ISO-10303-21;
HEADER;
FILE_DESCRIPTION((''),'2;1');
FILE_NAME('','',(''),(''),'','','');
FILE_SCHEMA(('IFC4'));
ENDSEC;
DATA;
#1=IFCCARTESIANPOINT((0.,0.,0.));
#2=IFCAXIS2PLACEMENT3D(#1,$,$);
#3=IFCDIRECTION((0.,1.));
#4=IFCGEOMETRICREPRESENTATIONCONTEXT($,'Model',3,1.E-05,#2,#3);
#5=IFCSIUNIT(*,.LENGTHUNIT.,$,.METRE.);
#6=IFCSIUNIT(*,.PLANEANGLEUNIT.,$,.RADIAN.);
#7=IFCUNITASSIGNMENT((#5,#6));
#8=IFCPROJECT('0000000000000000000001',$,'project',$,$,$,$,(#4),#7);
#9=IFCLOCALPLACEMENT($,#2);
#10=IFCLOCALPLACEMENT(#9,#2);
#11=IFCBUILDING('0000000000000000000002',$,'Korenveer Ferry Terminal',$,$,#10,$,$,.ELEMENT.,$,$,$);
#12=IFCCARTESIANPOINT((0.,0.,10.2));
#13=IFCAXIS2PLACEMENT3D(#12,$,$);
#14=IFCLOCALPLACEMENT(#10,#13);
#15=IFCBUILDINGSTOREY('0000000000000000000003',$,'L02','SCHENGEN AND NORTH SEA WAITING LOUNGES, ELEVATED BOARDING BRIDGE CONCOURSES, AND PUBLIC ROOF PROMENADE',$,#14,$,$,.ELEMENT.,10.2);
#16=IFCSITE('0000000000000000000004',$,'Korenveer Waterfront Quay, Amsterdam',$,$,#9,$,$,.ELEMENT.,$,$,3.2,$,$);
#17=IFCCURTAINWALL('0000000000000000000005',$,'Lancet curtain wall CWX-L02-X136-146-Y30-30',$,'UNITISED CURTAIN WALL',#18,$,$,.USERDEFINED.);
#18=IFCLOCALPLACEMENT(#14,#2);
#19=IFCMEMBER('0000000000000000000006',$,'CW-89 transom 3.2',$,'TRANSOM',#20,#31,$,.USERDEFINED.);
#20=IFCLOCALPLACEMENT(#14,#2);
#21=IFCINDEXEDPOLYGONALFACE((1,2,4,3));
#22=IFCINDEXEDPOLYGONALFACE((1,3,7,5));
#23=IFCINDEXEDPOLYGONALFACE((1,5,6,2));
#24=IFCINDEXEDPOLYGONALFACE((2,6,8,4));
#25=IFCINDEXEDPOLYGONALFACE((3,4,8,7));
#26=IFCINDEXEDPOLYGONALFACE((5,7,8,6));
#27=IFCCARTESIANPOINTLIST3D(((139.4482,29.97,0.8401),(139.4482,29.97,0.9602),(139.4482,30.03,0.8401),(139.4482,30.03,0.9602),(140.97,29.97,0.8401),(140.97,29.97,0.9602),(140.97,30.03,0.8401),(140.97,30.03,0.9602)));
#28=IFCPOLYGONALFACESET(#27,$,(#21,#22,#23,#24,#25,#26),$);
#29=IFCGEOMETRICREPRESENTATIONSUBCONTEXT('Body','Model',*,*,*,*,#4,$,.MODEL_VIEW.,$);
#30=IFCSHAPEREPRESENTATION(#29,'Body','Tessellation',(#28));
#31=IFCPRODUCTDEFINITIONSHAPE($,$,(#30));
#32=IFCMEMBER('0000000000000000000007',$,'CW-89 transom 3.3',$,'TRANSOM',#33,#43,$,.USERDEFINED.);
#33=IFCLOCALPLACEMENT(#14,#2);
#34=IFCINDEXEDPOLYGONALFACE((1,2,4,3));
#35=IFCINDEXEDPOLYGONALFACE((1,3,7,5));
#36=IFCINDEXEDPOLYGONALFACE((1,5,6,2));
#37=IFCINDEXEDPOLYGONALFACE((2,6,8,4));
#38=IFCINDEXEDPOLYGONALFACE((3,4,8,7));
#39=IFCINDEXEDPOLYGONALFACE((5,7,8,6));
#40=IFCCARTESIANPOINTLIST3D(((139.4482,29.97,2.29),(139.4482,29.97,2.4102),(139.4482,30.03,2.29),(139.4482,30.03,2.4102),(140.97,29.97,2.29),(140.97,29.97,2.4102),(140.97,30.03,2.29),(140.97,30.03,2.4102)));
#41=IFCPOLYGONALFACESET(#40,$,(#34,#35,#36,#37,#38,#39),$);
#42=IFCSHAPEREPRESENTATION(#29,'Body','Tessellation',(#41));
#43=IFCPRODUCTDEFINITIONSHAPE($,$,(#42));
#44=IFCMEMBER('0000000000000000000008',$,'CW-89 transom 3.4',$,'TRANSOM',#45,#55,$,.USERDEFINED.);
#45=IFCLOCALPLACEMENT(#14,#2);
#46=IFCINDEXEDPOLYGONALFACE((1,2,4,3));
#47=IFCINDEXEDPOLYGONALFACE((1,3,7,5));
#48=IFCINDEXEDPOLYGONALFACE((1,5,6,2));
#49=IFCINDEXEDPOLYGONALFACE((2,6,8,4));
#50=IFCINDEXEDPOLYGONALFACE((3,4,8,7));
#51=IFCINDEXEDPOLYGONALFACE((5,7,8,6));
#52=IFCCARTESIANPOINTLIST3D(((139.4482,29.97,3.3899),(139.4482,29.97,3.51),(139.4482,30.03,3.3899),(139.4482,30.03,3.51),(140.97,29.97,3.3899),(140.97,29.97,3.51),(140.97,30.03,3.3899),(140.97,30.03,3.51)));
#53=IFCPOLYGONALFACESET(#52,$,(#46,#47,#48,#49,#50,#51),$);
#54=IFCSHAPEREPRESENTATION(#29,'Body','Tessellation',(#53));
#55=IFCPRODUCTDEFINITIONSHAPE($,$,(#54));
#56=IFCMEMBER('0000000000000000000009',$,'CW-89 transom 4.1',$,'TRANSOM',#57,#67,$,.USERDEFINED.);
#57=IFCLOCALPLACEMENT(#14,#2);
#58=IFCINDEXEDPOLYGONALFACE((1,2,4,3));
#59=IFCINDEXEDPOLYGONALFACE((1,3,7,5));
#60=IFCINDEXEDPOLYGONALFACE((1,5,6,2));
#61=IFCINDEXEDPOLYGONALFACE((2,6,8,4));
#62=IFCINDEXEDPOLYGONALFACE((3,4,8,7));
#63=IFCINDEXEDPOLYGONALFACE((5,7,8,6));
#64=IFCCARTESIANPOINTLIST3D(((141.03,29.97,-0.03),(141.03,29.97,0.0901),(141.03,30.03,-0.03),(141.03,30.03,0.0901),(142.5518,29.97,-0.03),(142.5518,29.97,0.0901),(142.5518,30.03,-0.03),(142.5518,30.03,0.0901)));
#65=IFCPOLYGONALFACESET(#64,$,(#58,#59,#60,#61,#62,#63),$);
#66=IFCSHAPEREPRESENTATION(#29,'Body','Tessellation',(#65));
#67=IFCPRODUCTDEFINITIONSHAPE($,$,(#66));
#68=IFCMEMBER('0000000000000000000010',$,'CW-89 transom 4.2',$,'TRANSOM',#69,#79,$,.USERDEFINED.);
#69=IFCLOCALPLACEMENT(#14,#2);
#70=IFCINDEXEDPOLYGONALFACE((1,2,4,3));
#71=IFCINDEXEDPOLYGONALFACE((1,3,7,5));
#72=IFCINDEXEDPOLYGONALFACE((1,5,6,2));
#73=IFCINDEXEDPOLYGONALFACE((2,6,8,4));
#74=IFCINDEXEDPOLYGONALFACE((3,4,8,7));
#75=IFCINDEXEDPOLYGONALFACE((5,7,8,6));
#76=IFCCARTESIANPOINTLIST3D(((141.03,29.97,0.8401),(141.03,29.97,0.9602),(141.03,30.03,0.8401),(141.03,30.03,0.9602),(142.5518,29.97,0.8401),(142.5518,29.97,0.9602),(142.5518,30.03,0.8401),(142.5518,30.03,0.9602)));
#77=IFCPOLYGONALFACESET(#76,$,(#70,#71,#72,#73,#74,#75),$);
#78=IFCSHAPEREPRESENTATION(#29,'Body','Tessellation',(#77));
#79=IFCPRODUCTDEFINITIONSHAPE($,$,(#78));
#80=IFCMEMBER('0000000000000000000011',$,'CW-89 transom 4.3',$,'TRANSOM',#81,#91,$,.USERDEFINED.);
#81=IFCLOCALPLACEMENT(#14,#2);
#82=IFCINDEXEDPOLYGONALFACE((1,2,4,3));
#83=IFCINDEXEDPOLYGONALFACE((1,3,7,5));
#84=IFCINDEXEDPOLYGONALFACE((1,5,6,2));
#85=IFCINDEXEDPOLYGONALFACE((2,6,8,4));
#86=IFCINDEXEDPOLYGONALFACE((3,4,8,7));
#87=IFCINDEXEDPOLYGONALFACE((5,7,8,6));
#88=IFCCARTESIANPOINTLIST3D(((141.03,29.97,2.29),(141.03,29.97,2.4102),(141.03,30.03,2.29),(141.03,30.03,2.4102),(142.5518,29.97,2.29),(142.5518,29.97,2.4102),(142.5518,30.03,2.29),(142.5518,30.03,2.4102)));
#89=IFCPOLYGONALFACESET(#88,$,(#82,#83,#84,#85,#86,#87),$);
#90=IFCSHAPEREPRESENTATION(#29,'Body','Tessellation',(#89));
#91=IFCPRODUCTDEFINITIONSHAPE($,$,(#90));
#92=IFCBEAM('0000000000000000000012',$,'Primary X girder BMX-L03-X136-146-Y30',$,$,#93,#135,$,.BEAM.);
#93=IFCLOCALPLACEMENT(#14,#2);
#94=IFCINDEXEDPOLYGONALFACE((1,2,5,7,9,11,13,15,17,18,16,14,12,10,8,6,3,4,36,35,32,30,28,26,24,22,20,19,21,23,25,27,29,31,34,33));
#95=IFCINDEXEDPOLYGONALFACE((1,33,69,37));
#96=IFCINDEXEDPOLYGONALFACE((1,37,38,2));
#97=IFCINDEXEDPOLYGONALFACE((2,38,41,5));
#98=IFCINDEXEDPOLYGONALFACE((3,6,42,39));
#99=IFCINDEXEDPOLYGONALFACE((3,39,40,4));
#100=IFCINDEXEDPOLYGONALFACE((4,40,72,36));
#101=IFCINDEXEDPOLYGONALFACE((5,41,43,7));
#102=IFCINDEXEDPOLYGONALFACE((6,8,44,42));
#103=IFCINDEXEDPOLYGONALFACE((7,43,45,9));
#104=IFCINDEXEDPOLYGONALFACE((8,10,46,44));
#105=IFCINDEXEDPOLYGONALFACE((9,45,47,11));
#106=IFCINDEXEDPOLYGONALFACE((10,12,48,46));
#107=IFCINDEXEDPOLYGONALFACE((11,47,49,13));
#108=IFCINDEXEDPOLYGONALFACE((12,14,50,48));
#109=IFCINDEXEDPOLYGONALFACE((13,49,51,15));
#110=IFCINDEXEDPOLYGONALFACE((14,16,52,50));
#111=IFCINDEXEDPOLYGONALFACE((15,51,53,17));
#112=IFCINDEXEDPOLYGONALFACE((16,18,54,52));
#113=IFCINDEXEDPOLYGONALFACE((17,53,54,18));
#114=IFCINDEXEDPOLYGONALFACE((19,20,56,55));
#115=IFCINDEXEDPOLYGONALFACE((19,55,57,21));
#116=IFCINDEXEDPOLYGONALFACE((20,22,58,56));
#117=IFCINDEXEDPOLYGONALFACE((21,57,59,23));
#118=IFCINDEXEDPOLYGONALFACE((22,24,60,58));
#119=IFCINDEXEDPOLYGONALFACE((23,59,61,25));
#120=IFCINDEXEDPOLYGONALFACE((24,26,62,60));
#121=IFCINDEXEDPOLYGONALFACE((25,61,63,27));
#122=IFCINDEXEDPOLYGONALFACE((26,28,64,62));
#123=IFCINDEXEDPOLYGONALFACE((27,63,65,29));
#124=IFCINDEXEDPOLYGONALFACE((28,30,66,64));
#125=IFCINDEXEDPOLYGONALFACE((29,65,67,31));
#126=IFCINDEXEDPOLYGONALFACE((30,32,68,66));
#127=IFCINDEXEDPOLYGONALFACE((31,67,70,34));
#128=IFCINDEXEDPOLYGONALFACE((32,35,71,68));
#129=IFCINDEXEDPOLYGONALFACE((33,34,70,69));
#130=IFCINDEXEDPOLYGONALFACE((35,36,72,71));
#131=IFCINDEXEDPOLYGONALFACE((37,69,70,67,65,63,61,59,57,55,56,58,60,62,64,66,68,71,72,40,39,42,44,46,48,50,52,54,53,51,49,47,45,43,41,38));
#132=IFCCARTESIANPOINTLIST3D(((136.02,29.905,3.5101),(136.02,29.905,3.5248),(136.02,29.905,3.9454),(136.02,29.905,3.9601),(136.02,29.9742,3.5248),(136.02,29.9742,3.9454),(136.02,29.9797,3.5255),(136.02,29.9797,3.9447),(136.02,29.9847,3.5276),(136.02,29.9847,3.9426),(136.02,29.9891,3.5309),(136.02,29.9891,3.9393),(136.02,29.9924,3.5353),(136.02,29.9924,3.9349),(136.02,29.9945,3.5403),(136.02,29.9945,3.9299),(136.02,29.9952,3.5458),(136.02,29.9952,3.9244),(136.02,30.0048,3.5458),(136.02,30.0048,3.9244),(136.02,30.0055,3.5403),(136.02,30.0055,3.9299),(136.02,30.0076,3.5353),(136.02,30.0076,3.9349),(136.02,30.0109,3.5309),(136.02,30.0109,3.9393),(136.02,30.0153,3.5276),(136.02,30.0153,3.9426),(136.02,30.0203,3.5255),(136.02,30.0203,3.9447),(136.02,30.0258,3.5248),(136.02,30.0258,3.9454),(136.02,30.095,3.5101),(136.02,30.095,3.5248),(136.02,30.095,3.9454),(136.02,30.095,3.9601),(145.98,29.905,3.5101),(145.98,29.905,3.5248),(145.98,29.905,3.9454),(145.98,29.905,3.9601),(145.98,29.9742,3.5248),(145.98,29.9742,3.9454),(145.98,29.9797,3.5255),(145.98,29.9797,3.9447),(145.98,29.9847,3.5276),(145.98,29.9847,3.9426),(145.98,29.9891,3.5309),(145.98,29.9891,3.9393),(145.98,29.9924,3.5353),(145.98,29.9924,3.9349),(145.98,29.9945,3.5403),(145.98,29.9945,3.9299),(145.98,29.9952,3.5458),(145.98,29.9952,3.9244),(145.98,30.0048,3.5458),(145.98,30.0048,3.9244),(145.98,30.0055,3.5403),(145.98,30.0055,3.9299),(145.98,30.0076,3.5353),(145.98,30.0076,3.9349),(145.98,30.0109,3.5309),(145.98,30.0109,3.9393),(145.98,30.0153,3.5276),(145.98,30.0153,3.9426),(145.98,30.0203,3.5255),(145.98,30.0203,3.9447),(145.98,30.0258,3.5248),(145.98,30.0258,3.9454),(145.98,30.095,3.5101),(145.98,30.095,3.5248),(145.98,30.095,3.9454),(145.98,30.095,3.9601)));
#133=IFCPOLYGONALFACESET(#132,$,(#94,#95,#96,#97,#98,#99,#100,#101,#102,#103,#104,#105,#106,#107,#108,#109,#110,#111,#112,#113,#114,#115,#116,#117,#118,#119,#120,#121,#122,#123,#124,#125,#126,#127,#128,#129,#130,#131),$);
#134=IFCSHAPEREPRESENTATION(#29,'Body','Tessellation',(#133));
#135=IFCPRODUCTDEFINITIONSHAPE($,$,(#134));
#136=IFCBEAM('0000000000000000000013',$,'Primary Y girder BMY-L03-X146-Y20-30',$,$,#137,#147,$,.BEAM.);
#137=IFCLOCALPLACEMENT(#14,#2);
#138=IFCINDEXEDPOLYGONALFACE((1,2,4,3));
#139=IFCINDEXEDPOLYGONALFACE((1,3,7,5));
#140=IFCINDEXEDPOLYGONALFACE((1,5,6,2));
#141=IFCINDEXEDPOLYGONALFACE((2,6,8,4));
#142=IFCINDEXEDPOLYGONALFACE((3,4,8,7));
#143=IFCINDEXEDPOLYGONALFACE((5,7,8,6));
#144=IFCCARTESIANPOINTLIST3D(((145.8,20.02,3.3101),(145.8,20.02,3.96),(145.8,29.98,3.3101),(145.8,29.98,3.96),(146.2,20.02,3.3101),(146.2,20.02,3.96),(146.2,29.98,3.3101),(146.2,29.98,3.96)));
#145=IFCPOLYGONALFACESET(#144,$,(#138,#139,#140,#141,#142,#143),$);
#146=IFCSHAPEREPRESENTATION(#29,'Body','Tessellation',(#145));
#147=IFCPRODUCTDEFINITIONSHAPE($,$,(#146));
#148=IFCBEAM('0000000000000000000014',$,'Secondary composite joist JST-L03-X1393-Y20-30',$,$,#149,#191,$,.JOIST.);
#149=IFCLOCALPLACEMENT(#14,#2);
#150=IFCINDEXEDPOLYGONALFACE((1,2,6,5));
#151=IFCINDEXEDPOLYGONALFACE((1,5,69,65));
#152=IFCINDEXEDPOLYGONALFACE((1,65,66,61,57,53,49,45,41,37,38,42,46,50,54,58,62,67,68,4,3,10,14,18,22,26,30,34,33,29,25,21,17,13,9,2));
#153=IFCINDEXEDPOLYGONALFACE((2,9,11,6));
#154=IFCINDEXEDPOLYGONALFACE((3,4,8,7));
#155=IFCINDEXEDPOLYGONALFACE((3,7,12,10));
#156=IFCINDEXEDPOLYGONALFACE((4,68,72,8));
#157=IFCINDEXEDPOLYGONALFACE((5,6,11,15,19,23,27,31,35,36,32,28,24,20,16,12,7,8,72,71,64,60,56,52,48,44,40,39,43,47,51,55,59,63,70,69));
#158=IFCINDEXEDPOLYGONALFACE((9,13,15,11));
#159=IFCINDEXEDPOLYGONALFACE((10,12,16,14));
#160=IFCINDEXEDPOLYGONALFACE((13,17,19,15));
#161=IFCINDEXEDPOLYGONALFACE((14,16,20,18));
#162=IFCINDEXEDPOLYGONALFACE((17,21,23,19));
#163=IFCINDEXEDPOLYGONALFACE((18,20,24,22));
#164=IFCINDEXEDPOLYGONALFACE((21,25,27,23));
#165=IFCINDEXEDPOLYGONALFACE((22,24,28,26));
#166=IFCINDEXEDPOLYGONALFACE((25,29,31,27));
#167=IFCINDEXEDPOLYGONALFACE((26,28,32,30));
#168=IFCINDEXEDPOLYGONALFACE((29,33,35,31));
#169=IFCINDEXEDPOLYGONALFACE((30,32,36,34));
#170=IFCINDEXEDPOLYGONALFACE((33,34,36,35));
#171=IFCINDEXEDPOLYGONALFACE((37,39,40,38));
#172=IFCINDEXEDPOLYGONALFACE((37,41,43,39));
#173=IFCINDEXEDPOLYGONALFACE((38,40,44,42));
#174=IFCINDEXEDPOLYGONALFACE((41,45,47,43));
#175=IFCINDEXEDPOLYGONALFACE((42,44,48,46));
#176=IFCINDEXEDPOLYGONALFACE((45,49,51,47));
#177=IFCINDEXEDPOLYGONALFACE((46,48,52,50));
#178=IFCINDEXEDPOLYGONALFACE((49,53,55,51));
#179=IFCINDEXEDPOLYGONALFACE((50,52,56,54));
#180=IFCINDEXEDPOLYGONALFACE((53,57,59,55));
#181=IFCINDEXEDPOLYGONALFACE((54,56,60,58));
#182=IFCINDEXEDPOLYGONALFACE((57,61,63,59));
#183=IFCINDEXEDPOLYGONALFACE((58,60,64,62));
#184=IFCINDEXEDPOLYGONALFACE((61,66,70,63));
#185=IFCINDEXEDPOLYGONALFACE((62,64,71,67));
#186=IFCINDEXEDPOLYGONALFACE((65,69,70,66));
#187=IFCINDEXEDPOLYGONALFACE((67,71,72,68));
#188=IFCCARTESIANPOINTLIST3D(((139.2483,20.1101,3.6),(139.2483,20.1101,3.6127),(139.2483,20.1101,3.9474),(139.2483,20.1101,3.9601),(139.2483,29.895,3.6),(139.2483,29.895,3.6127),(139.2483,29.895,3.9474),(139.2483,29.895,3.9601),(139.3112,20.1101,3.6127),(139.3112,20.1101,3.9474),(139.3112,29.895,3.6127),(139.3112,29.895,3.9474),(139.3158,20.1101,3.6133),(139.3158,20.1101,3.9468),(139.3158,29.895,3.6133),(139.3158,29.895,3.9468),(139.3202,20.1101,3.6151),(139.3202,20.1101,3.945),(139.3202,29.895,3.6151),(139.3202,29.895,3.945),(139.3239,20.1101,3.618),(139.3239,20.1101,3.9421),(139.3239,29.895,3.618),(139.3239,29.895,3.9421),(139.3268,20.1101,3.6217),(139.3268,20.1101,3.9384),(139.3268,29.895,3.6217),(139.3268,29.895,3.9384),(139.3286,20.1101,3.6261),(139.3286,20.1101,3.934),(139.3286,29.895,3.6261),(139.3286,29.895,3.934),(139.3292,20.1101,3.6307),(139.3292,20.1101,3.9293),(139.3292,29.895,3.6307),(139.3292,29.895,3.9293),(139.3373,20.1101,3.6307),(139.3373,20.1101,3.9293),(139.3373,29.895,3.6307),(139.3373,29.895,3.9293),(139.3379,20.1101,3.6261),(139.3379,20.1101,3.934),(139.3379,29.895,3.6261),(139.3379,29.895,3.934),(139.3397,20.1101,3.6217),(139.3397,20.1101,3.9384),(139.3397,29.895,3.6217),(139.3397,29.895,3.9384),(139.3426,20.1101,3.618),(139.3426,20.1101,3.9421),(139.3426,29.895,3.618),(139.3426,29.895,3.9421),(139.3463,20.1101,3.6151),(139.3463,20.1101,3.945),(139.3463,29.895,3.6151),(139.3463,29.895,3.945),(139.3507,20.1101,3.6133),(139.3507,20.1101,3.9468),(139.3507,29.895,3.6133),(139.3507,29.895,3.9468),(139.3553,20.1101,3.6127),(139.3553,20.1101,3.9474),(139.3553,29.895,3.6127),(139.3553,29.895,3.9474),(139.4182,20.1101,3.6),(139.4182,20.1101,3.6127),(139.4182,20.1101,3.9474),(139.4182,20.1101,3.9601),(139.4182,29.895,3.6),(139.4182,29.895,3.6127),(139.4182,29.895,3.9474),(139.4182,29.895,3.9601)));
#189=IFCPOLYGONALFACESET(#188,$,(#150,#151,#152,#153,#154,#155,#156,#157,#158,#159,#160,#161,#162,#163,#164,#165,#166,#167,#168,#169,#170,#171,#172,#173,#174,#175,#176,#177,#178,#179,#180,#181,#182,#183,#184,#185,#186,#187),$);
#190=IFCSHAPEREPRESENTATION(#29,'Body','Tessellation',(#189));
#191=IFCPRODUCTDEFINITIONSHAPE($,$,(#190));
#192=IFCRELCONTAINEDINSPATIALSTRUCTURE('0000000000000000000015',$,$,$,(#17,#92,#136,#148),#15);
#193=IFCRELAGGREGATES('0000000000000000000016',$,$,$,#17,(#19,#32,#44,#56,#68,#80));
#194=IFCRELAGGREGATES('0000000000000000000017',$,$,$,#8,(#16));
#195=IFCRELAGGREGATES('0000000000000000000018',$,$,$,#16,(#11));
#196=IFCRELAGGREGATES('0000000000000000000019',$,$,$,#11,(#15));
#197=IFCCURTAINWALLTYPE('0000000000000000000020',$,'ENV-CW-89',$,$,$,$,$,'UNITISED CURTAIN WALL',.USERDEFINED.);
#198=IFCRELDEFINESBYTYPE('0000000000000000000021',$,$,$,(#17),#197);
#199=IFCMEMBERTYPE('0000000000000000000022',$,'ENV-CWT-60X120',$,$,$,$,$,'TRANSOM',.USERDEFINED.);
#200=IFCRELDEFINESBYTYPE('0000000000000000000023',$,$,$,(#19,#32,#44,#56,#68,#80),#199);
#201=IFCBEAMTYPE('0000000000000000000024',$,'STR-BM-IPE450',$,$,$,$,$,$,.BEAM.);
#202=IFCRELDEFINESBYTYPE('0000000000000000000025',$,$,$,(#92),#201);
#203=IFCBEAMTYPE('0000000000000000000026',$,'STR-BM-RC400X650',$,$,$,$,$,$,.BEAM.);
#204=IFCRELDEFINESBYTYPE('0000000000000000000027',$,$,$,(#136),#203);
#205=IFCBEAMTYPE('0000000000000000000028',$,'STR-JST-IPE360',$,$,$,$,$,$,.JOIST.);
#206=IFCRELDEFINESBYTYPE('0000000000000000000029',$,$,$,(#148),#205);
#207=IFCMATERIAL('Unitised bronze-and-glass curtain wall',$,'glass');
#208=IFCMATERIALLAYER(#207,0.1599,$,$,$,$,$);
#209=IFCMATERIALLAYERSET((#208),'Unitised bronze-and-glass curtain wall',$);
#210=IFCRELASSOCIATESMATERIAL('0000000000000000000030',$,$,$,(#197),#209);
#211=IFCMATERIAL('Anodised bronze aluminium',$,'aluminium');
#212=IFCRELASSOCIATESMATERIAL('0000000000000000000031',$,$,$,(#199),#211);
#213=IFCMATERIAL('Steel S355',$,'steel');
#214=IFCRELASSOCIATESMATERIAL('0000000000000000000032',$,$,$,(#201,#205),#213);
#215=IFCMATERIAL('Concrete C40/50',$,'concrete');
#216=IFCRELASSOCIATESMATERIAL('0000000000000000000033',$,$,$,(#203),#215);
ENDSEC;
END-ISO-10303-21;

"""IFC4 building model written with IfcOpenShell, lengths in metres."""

from ifc_helpers import new_model, si_unit, direction, frame, origin, origin_2d, place, context, subcontext, project, spatial, rectangle, i_section, extrude, material, layer, layer_set, material_profile, profile_set, type_object, element, aggregate, save


model = new_model("IFC4")

# Units and contexts
model_context = context("Model", 3, precision=1e-05, world=origin(), true_north=direction((0.0, 1.0)))
body_context = subcontext(model_context, "Body", "Model", "MODEL_VIEW")
ifc_project = project(units=[si_unit("LENGTHUNIT", "METRE"), si_unit("PLANEANGLEUNIT", "RADIAN")], contexts=[model_context])

# Site, building, storey
site_placement = place(None, origin())
site = spatial("IfcSite", under=ifc_project, at=site_placement, Name="Korenveer Waterfront Quay, Amsterdam", CompositionType="ELEMENT", RefElevation=3.2)
building_placement = place(site_placement, origin())
building = spatial("IfcBuilding", under=site, at=building_placement, Name="Korenveer Ferry Terminal", CompositionType="ELEMENT")
storey_placement = place(building_placement, frame((0.0, 0.0, 10.2)))
storey = spatial("IfcBuildingStorey", under=building, at=storey_placement, Name="L02", Description="SCHENGEN AND NORTH SEA WAITING LOUNGES, ELEVATED BOARDING BRIDGE CONCOURSES, AND PUBLIC ROOF PROMENADE", CompositionType="ELEMENT", Elevation=10.2)

# Curtain wall, members
ifc_material_1 = material(Name="Unitised bronze-and-glass curtain wall", Category="glass")
ifc_layer_1 = layer(ifc_material_1, 0.1599)
ifc_layer_set_1 = layer_set([ifc_layer_1], Name="Unitised bronze-and-glass curtain wall")
curtain_wall_type = type_object("IfcCurtainWallType", Name="ENV-CW-89", ElementType="UNITISED CURTAIN WALL", PredefinedType="USERDEFINED", material=ifc_layer_set_1)
curtain_wall_placement = place(storey_placement, frame((136.2549, 30.0, 0.0)))
curtain_wall = element("IfcCurtainWall", 1, at=curtain_wall_placement, inside=storey, type_object=curtain_wall_type, Name="Lancet curtain wall CWX-L02-X136-146-Y30-30", ObjectType="UNITISED CURTAIN WALL", PredefinedType="USERDEFINED")
ifc_material_2 = material(Name="Anodised bronze aluminium", Category="aluminium")
ifc_material_profile_1 = material_profile(ifc_material_2, rectangle(XDim=0.0601, YDim=0.1201, at=origin_2d()), Name="ALU 60x120")
ifc_profile_set_1 = profile_set([ifc_material_profile_1], Name="Anodised bronze aluminium")
member_type_1 = type_object("IfcMemberType", Name="ENV-CWT-60X120", ElementType="TRANSOM", PredefinedType="USERDEFINED", material=ifc_profile_set_1)
member_1_placement = place(storey_placement, frame((139.4482, 30.0, 0.9001), z_axis=(1.0, 0.0, 0.0), x_axis=(0.0, 1.0, 0.0)))
member_1 = element("IfcMember", 2, at=member_1_placement, type_object=member_type_1, Name="CW-89 transom 3.2", ObjectType="TRANSOM", PredefinedType="USERDEFINED", context=body_context, shape_type="SweptSolid", body=[
    extrude(rectangle(XDim=0.0601, YDim=0.1201, at=origin_2d()), origin(), (0.0, 0.0, 1.0), 1.5217),
])
member_2_placement = place(storey_placement, frame((139.4482, 30.0, 2.3501), z_axis=(1.0, 0.0, 0.0), x_axis=(0.0, 1.0, 0.0)))
member_2 = element("IfcMember", 3, at=member_2_placement, type_object=member_type_1, Name="CW-89 transom 3.3", ObjectType="TRANSOM", PredefinedType="USERDEFINED", context=body_context, shape_type="SweptSolid", body=[
    extrude(rectangle(XDim=0.0601, YDim=0.1201, at=origin_2d()), origin(), (0.0, 0.0, 1.0), 1.5217),
])
member_3_placement = place(storey_placement, frame((139.4482, 30.0, 3.45), z_axis=(1.0, 0.0, 0.0), x_axis=(0.0, 1.0, 0.0)))
member_3 = element("IfcMember", 4, at=member_3_placement, type_object=member_type_1, Name="CW-89 transom 3.4", ObjectType="TRANSOM", PredefinedType="USERDEFINED", context=body_context, shape_type="SweptSolid", body=[
    extrude(rectangle(XDim=0.0601, YDim=0.1201, at=origin_2d()), origin(), (0.0, 0.0, 1.0), 1.5217),
])
member_4_placement = place(storey_placement, frame((141.03, 30.0, 0.03), z_axis=(1.0, 0.0, 0.0), x_axis=(0.0, 1.0, 0.0)))
member_4 = element("IfcMember", 5, at=member_4_placement, type_object=member_type_1, Name="CW-89 transom 4.1", ObjectType="TRANSOM", PredefinedType="USERDEFINED", context=body_context, shape_type="SweptSolid", body=[
    extrude(rectangle(XDim=0.0601, YDim=0.1201, at=origin_2d()), origin(), (0.0, 0.0, 1.0), 1.5217),
])
member_5_placement = place(storey_placement, frame((141.03, 30.0, 0.9001), z_axis=(1.0, 0.0, 0.0), x_axis=(0.0, 1.0, 0.0)))
member_5 = element("IfcMember", 6, at=member_5_placement, type_object=member_type_1, Name="CW-89 transom 4.2", ObjectType="TRANSOM", PredefinedType="USERDEFINED", context=body_context, shape_type="SweptSolid", body=[
    extrude(rectangle(XDim=0.0601, YDim=0.1201, at=origin_2d()), origin(), (0.0, 0.0, 1.0), 1.5217),
])
member_6_placement = place(storey_placement, frame((141.03, 30.0, 2.3501), z_axis=(1.0, 0.0, 0.0), x_axis=(0.0, 1.0, 0.0)))
member_6 = element("IfcMember", 7, at=member_6_placement, type_object=member_type_1, Name="CW-89 transom 4.3", ObjectType="TRANSOM", PredefinedType="USERDEFINED", context=body_context, shape_type="SweptSolid", body=[
    extrude(rectangle(XDim=0.0601, YDim=0.1201, at=origin_2d()), origin(), (0.0, 0.0, 1.0), 1.5217),
])

# Beams
ifc_material_3 = material(Name="Steel S355", Category="steel")
ifc_material_profile_2 = material_profile(ifc_material_3, i_section(OverallWidth=0.1899, OverallDepth=0.45, WebThickness=0.0095, FlangeThickness=0.0146, FilletRadius=0.021, at=origin_2d()), Name="IPE 450")
ifc_profile_set_2 = profile_set([ifc_material_profile_2], Name="Steel S355")
beam_type_1 = type_object("IfcBeamType", Name="STR-BM-IPE450", PredefinedType="BEAM", material=ifc_profile_set_2)
beam_1_placement = place(storey_placement, frame((136.02, 30.0, 3.7351), z_axis=(1.0, 0.0, 0.0), x_axis=(0.0, 1.0, 0.0)))
element("IfcBeam", 8, at=beam_1_placement, inside=storey, type_object=beam_type_1, Name="Primary X girder BMX-L03-X136-146-Y30", PredefinedType="BEAM", context=body_context, shape_type="SweptSolid", body=[
    extrude(i_section(OverallWidth=0.1899, OverallDepth=0.45, WebThickness=0.0095, FlangeThickness=0.0146, FilletRadius=0.021, at=origin_2d()), origin(), (0.0, 0.0, 1.0), 9.96),
])
ifc_material_4 = material(Name="Concrete C40/50", Category="concrete")
ifc_material_profile_3 = material_profile(ifc_material_4, rectangle(XDim=0.3999, YDim=0.6499, at=origin_2d()), Name="RC 400x650")
ifc_profile_set_3 = profile_set([ifc_material_profile_3], Name="Concrete C40/50")
beam_type_2 = type_object("IfcBeamType", Name="STR-BM-RC400X650", PredefinedType="BEAM", material=ifc_profile_set_3)
beam_2_placement = place(storey_placement, frame((146.0, 20.02, 3.635), z_axis=(0.0, 1.0, 0.0), x_axis=(-1.0, 0.0, 0.0)))
element("IfcBeam", 9, at=beam_2_placement, inside=storey, type_object=beam_type_2, Name="Primary Y girder BMY-L03-X146-Y20-30", PredefinedType="BEAM", context=body_context, shape_type="SweptSolid", body=[
    extrude(rectangle(XDim=0.3999, YDim=0.6499, at=origin_2d()), origin(), (0.0, 0.0, 1.0), 9.96),
])
ifc_material_profile_4 = material_profile(ifc_material_3, i_section(OverallWidth=0.1699, OverallDepth=0.3601, WebThickness=0.0081, FlangeThickness=0.0127, FilletRadius=0.0181, at=origin_2d()), Name="IPE 360")
ifc_profile_set_4 = profile_set([ifc_material_profile_4], Name="Steel S355")
beam_type_3 = type_object("IfcBeamType", Name="STR-JST-IPE360", PredefinedType="JOIST", material=ifc_profile_set_4)
for number, where, z_axis, x_axis, name in (
    (10, (139.3333, 20.1101, 3.78), (0.0, 1.0, 0.0), (-1.0, 0.0, 0.0), "Secondary composite joist JST-L03-X1393-Y20-30"),
):
    element("IfcBeam", number, at=place(storey_placement, frame(where, z_axis=z_axis, x_axis=x_axis)), inside=storey, type_object=beam_type_3, Name=name, PredefinedType="JOIST", context=body_context, shape_type="SweptSolid", body=[
        extrude(i_section(OverallWidth=0.1699, OverallDepth=0.3601, WebThickness=0.0081, FlangeThickness=0.0127, FilletRadius=0.0181, at=origin_2d()), origin(), (0.0, 0.0, 1.0), 9.7849),
    ])

aggregate(curtain_wall, [member_1, member_2, member_3, member_4, member_5, member_6])

save(model, "model.ifc")
